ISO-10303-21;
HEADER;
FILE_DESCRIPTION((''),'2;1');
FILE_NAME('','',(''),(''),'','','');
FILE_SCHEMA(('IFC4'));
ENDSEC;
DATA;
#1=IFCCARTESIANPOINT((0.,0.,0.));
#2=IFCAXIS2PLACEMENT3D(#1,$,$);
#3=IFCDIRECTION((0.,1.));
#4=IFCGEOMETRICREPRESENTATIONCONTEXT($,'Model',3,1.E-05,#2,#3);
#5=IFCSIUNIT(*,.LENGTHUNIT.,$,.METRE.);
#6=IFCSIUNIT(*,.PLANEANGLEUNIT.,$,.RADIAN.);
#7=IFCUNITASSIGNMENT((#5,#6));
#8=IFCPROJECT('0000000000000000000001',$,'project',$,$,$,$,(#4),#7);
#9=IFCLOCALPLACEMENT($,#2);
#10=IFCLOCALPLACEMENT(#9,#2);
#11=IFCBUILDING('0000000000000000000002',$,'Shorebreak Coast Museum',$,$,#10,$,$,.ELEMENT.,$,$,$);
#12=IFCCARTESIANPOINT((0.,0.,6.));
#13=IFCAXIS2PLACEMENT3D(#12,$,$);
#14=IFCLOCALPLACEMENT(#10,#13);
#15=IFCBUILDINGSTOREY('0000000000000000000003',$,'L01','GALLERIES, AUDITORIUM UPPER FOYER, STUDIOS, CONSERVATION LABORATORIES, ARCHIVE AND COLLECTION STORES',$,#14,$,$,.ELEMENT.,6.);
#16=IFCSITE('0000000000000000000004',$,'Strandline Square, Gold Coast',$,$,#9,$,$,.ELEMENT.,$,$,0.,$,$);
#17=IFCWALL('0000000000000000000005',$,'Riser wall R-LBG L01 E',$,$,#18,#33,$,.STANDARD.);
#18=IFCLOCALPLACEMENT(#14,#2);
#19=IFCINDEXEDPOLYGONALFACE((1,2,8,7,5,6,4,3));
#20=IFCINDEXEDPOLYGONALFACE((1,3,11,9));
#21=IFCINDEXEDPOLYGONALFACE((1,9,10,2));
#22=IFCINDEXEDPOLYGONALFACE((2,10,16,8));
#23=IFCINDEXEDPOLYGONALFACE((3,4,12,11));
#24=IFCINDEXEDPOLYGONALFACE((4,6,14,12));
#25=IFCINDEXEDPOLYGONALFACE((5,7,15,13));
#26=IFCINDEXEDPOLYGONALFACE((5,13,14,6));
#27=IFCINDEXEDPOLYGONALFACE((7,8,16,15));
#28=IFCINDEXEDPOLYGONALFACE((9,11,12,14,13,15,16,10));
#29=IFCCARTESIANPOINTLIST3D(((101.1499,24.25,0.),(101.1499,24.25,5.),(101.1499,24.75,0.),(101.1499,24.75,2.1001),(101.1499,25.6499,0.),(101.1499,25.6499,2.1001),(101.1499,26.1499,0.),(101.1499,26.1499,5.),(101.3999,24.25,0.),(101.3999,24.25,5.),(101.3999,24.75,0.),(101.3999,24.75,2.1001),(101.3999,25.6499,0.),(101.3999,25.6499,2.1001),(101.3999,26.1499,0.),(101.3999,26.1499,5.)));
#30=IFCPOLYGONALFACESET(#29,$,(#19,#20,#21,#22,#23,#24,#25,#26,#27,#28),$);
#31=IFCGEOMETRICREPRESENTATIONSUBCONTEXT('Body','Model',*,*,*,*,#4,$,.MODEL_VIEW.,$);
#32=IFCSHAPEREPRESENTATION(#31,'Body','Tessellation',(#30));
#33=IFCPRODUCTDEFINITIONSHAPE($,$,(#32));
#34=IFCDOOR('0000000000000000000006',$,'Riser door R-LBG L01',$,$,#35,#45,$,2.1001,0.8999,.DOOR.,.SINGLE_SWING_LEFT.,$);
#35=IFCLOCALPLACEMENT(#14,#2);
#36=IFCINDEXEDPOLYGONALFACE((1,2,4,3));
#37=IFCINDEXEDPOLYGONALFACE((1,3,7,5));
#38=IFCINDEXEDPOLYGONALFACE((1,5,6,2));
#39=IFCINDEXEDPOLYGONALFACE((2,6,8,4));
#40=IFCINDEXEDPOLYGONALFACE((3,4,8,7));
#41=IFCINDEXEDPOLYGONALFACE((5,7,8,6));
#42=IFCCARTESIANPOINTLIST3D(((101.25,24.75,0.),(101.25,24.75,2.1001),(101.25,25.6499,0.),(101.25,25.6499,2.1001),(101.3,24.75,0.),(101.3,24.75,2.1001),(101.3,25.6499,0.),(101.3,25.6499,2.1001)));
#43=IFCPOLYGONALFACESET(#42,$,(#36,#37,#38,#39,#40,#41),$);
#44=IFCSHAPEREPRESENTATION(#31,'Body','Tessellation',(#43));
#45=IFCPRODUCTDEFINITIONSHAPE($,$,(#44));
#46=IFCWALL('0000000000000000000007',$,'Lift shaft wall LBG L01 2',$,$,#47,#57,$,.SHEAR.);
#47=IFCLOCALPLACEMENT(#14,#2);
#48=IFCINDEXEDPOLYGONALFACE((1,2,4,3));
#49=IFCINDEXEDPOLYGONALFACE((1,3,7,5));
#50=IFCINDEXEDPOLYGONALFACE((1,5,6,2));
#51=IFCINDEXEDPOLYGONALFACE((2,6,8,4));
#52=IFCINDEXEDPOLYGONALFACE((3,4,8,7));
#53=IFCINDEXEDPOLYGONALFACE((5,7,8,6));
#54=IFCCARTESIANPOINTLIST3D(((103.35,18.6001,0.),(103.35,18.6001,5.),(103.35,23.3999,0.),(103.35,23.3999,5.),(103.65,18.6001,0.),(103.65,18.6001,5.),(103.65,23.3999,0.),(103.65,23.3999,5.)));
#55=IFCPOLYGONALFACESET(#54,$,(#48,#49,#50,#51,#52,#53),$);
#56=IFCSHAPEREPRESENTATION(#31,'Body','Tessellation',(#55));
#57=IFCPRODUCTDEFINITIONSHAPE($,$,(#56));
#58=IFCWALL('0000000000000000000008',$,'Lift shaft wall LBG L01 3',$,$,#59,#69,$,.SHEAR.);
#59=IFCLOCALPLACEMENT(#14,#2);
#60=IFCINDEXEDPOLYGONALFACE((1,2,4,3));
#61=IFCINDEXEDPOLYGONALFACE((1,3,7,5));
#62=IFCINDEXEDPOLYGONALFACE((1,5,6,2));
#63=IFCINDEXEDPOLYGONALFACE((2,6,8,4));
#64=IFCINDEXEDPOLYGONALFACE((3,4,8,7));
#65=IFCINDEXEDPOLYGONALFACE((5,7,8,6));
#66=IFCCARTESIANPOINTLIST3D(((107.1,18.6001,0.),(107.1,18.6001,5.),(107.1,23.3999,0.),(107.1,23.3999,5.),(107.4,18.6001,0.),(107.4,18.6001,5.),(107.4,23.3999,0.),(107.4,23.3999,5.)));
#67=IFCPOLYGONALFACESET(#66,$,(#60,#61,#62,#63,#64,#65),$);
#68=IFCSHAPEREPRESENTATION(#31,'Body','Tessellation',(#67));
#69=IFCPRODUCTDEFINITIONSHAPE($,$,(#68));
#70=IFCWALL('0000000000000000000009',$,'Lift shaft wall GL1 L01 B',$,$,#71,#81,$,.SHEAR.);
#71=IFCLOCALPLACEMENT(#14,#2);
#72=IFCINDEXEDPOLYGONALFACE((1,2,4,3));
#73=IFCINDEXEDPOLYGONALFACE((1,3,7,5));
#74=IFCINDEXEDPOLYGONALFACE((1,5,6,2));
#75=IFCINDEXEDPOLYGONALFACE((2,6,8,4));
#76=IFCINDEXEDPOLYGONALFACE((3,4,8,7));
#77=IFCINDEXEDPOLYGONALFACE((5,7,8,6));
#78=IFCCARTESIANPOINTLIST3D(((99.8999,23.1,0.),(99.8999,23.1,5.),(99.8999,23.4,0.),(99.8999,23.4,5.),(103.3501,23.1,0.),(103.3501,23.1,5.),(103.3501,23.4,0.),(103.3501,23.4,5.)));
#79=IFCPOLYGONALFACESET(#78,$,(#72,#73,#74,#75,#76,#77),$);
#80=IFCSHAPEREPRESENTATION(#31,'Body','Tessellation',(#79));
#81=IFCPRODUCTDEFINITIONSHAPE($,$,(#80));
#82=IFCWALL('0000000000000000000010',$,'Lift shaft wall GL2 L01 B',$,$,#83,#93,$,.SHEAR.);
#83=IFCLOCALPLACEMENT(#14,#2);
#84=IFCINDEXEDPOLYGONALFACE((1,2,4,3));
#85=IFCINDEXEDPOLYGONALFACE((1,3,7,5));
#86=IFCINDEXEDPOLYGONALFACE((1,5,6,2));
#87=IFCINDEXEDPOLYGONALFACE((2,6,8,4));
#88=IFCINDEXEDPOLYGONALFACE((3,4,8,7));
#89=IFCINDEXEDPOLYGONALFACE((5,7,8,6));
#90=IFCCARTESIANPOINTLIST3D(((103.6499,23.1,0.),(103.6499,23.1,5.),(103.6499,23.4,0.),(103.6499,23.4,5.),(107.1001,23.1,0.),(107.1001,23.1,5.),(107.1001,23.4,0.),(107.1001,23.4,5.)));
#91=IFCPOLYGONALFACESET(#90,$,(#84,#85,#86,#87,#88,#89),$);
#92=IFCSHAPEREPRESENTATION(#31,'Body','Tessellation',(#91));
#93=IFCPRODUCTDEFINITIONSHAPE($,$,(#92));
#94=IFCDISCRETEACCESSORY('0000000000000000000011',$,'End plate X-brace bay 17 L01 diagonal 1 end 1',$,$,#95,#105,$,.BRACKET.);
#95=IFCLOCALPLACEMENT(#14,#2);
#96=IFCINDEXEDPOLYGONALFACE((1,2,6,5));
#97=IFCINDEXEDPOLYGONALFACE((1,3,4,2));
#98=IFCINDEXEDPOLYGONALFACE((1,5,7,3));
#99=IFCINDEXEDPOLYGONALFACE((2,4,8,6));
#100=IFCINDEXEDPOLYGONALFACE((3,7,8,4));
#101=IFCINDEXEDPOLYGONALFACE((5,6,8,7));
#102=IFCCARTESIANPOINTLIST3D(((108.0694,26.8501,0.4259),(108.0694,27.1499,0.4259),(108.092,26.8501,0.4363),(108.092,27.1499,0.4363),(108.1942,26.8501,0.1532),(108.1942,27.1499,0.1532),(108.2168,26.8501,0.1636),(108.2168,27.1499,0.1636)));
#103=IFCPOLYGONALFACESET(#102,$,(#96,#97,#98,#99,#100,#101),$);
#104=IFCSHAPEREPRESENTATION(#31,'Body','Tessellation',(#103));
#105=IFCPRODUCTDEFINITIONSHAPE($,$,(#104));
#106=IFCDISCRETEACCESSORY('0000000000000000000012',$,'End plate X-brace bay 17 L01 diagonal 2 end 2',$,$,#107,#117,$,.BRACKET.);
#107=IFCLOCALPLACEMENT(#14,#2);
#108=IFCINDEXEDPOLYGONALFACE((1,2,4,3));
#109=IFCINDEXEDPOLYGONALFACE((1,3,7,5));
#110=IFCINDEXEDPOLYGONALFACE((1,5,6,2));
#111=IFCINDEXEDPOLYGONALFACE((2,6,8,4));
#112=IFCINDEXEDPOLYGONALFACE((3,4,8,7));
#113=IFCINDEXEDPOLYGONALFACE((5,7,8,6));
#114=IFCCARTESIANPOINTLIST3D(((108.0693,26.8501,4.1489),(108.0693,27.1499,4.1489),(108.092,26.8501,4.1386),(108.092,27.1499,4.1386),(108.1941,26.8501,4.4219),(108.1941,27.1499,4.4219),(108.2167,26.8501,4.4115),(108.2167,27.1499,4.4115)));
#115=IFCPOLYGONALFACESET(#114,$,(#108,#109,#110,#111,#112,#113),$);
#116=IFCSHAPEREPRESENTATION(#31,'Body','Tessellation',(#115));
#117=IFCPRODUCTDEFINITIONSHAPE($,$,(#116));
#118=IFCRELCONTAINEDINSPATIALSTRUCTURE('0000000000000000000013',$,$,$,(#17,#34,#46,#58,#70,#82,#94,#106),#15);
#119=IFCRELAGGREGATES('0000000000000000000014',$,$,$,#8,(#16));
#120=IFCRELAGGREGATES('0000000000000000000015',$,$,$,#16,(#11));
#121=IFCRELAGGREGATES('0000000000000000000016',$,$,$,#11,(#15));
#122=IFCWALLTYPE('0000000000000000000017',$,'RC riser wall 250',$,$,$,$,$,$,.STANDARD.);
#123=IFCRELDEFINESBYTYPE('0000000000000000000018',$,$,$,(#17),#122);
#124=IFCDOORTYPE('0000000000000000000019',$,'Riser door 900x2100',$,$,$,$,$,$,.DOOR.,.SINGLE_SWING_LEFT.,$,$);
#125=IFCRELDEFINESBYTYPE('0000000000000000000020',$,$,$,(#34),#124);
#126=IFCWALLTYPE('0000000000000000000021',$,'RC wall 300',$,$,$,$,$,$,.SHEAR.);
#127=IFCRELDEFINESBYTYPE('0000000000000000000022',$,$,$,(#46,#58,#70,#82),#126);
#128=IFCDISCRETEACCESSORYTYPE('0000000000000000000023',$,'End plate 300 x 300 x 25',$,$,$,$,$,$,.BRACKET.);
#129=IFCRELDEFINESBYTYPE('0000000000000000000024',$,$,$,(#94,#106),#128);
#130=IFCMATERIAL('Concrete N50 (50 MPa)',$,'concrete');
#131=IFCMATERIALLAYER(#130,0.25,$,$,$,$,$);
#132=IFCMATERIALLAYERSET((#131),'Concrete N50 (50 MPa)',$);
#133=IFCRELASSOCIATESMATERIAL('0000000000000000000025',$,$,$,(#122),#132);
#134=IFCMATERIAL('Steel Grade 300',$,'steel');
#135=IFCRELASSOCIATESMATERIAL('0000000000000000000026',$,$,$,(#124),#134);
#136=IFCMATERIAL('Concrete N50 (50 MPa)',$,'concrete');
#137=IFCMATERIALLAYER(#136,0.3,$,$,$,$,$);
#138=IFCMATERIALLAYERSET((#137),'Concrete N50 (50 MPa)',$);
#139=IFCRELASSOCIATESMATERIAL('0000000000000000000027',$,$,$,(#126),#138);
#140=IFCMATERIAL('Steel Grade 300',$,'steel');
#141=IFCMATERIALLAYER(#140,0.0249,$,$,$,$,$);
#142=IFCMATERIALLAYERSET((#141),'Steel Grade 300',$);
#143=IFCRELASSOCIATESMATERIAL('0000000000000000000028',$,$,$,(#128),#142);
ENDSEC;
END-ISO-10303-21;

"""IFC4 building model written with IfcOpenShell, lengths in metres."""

from ifc_helpers import new_model, si_unit, direction, frame, frame_2d, origin, place, context, subcontext, project, spatial, polyline, rectangle, outline, extrude, material, layer, layer_set, type_object, element, fill, save


model = new_model("IFC4")

# Units and contexts
model_context = context("Model", 3, precision=1e-05, world=origin(), true_north=direction((0.0, 1.0)))
body_context = subcontext(model_context, "Body", "Model", "MODEL_VIEW")
ifc_project = project(units=[si_unit("LENGTHUNIT", "METRE"), si_unit("PLANEANGLEUNIT", "RADIAN")], contexts=[model_context])

# Site, building, storey
site_placement = place(None, origin())
site = spatial("IfcSite", under=ifc_project, at=site_placement, Name="Strandline Square, Gold Coast", CompositionType="ELEMENT", RefElevation=0.0)
building_placement = place(site_placement, origin())
building = spatial("IfcBuilding", under=site, at=building_placement, Name="Shorebreak Coast Museum", CompositionType="ELEMENT")
storey_placement = place(building_placement, frame((0.0, 0.0, 6.0)))
storey = spatial("IfcBuildingStorey", under=building, at=storey_placement, Name="L01", Description="GALLERIES, AUDITORIUM UPPER FOYER, STUDIOS, CONSERVATION LABORATORIES, ARCHIVE AND COLLECTION STORES", CompositionType="ELEMENT", Elevation=6.0)

# Wall, opening, door
ifc_material_1 = material(Name="Concrete N50 (50 MPa)", Category="concrete")
ifc_layer_1 = layer(ifc_material_1, 0.25)
ifc_layer_set_1 = layer_set([ifc_layer_1], Name="Concrete N50 (50 MPa)")
wall_type_1 = type_object("IfcWallType", Name="RC riser wall 250", PredefinedType="STANDARD", material=ifc_layer_set_1)
wall_1_placement = place(storey_placement, frame((101.2749, 24.25, 0.0), z_axis=(0.0, 0.0, 1.0), x_axis=(0.0, 1.0, 0.0)))
wall_1 = element("IfcWall", 1, at=wall_1_placement, inside=storey, type_object=wall_type_1, Name="Riser wall R-LBG L01 E", PredefinedType="STANDARD", context=body_context, shape_type="SweptSolid", body=[
    extrude(rectangle(XDim=1.8999, YDim=0.25, at=frame_2d((0.95, 0.0))), origin(), (0.0, 0.0, 1.0), 5.0),
])
opening_1_placement = place(wall_1_placement, frame((0.5, 0.0, 0.0)))
opening_1 = element("IfcOpeningElement", 2, at=opening_1_placement, cuts=wall_1, PredefinedType="OPENING", context=body_context, shape_type="SweptSolid", body=[
    extrude(rectangle(XDim=0.8999, YDim=2.1001, at=frame_2d((0.45, 1.05))), frame((0.0, 0.135, 0.0), z_axis=(0.0, -1.0, 0.0), x_axis=(1.0, 0.0, 0.0)), (0.0, 0.0, 1.0), 0.27),
])
ifc_material_2 = material(Name="Steel Grade 300", Category="steel")
door_type_1 = type_object("IfcDoorType", Name="Riser door 900x2100", OperationType="SINGLE_SWING_LEFT", PredefinedType="DOOR", material=ifc_material_2)
door_1_placement = place(opening_1_placement, origin())
door_1 = element("IfcDoor", 3, at=door_1_placement, inside=storey, type_object=door_type_1, Name="Riser door R-LBG L01", OperationType="SINGLE_SWING_LEFT", OverallHeight=2.1001, OverallWidth=0.8999, PredefinedType="DOOR", context=body_context, shape_type="SweptSolid", body=[
    extrude(rectangle(XDim=0.8999, YDim=2.1001, at=frame_2d((0.45, 1.05))), frame((0.0, 0.0249, 0.0), z_axis=(0.0, -1.0, 0.0), x_axis=(1.0, 0.0, 0.0)), (0.0, 0.0, 1.0), 0.05),
])
fill(opening_1, door_1)

# Walls
ifc_material_3 = material(Name="Concrete N50 (50 MPa)", Category="concrete")
ifc_layer_2 = layer(ifc_material_3, 0.3)
ifc_layer_set_2 = layer_set([ifc_layer_2], Name="Concrete N50 (50 MPa)")
wall_type_2 = type_object("IfcWallType", Name="RC wall 300", PredefinedType="SHEAR", material=ifc_layer_set_2)
for number, where, z_axis, x_axis, name in (
    (4, (103.5, 18.6001, 0.0), (0.0, 0.0, 1.0), (0.0, 1.0, 0.0), "Lift shaft wall LBG L01 2"),
    (5, (107.25, 18.6001, 0.0), (0.0, 0.0, 1.0), (0.0, 1.0, 0.0), "Lift shaft wall LBG L01 3"),
):
    element("IfcWall", number, at=place(storey_placement, frame(where, z_axis=z_axis, x_axis=x_axis)), inside=storey, type_object=wall_type_2, Name=name, PredefinedType="SHEAR", context=body_context, shape_type="SweptSolid", body=[
        extrude(rectangle(XDim=4.7998, YDim=0.3, at=frame_2d((2.3999, 0.0))), origin(), (0.0, 0.0, 1.0), 5.0),
    ])
wall_2_placement = place(storey_placement, frame((99.8999, 23.25, 0.0), z_axis=(0.0, 0.0, 1.0), x_axis=(1.0, 0.0, 0.0)))
element("IfcWall", 6, at=wall_2_placement, inside=storey, type_object=wall_type_2, Name="Lift shaft wall GL1 L01 B", PredefinedType="SHEAR", context=body_context, shape_type="SweptSolid", body=[
    extrude(rectangle(XDim=3.4502, YDim=0.3, at=frame_2d((1.7251, 0.0))), origin(), (0.0, 0.0, 1.0), 5.0),
])

# Wall
wall_3_placement = place(storey_placement, frame((103.6499, 23.25, 0.0), z_axis=(0.0, 0.0, 1.0), x_axis=(1.0, 0.0, 0.0)))
element("IfcWall", 7, at=wall_3_placement, inside=storey, type_object=wall_type_2, Name="Lift shaft wall GL2 L01 B", PredefinedType="SHEAR", context=body_context, shape_type="SweptSolid", body=[
    extrude(rectangle(XDim=3.4502, YDim=0.3, at=frame_2d((1.7251, 0.0))), origin(), (0.0, 0.0, 1.0), 5.0),
])

# Discrete accessories
ifc_material_4 = material(Name="Steel Grade 300", Category="steel")
ifc_layer_3 = layer(ifc_material_4, 0.0249)
ifc_layer_set_3 = layer_set([ifc_layer_3], Name="Steel Grade 300")
discrete_accessory_type = type_object("IfcDiscreteAccessoryType", Name="End plate 300 x 300 x 25", PredefinedType="BRACKET", material=ifc_layer_set_3)
discrete_accessory_1_placement = place(storey_placement, frame((108.2168, 26.8501, 0.1636), z_axis=(0.90936, 0.0, 0.41601), x_axis=(0.0, 1.0, 0.0)))
element("IfcDiscreteAccessory", 8, at=discrete_accessory_1_placement, inside=storey, type_object=discrete_accessory_type, Name="End plate X-brace bay 17 L01 diagonal 1 end 1", PredefinedType="BRACKET", context=body_context, shape_type="SweptSolid", body=[
    extrude(outline(polyline([(0.0, 0.0), (0.2998, 0.0), (0.2998, 0.2999), (0.0, 0.2999), (0.0, 0.0)])), origin(), (0.0, 0.0, -1.0), 0.0249),
])
discrete_accessory_2_placement = place(storey_placement, frame((108.0693, 27.1499, 4.1489), z_axis=(-0.909501, 0.0, 0.415702), x_axis=(0.0, -1.0, 0.0)))
element("IfcDiscreteAccessory", 9, at=discrete_accessory_2_placement, inside=storey, type_object=discrete_accessory_type, Name="End plate X-brace bay 17 L01 diagonal 2 end 2", PredefinedType="BRACKET", context=body_context, shape_type="SweptSolid", body=[
    extrude(outline(polyline([(0.0, 0.0), (0.2998, 0.0), (0.2998, 0.3001), (0.0, 0.3001), (0.0, 0.0)])), origin(), (0.0, 0.0, -1.0), 0.0249),
])

save(model, "model.ifc")
